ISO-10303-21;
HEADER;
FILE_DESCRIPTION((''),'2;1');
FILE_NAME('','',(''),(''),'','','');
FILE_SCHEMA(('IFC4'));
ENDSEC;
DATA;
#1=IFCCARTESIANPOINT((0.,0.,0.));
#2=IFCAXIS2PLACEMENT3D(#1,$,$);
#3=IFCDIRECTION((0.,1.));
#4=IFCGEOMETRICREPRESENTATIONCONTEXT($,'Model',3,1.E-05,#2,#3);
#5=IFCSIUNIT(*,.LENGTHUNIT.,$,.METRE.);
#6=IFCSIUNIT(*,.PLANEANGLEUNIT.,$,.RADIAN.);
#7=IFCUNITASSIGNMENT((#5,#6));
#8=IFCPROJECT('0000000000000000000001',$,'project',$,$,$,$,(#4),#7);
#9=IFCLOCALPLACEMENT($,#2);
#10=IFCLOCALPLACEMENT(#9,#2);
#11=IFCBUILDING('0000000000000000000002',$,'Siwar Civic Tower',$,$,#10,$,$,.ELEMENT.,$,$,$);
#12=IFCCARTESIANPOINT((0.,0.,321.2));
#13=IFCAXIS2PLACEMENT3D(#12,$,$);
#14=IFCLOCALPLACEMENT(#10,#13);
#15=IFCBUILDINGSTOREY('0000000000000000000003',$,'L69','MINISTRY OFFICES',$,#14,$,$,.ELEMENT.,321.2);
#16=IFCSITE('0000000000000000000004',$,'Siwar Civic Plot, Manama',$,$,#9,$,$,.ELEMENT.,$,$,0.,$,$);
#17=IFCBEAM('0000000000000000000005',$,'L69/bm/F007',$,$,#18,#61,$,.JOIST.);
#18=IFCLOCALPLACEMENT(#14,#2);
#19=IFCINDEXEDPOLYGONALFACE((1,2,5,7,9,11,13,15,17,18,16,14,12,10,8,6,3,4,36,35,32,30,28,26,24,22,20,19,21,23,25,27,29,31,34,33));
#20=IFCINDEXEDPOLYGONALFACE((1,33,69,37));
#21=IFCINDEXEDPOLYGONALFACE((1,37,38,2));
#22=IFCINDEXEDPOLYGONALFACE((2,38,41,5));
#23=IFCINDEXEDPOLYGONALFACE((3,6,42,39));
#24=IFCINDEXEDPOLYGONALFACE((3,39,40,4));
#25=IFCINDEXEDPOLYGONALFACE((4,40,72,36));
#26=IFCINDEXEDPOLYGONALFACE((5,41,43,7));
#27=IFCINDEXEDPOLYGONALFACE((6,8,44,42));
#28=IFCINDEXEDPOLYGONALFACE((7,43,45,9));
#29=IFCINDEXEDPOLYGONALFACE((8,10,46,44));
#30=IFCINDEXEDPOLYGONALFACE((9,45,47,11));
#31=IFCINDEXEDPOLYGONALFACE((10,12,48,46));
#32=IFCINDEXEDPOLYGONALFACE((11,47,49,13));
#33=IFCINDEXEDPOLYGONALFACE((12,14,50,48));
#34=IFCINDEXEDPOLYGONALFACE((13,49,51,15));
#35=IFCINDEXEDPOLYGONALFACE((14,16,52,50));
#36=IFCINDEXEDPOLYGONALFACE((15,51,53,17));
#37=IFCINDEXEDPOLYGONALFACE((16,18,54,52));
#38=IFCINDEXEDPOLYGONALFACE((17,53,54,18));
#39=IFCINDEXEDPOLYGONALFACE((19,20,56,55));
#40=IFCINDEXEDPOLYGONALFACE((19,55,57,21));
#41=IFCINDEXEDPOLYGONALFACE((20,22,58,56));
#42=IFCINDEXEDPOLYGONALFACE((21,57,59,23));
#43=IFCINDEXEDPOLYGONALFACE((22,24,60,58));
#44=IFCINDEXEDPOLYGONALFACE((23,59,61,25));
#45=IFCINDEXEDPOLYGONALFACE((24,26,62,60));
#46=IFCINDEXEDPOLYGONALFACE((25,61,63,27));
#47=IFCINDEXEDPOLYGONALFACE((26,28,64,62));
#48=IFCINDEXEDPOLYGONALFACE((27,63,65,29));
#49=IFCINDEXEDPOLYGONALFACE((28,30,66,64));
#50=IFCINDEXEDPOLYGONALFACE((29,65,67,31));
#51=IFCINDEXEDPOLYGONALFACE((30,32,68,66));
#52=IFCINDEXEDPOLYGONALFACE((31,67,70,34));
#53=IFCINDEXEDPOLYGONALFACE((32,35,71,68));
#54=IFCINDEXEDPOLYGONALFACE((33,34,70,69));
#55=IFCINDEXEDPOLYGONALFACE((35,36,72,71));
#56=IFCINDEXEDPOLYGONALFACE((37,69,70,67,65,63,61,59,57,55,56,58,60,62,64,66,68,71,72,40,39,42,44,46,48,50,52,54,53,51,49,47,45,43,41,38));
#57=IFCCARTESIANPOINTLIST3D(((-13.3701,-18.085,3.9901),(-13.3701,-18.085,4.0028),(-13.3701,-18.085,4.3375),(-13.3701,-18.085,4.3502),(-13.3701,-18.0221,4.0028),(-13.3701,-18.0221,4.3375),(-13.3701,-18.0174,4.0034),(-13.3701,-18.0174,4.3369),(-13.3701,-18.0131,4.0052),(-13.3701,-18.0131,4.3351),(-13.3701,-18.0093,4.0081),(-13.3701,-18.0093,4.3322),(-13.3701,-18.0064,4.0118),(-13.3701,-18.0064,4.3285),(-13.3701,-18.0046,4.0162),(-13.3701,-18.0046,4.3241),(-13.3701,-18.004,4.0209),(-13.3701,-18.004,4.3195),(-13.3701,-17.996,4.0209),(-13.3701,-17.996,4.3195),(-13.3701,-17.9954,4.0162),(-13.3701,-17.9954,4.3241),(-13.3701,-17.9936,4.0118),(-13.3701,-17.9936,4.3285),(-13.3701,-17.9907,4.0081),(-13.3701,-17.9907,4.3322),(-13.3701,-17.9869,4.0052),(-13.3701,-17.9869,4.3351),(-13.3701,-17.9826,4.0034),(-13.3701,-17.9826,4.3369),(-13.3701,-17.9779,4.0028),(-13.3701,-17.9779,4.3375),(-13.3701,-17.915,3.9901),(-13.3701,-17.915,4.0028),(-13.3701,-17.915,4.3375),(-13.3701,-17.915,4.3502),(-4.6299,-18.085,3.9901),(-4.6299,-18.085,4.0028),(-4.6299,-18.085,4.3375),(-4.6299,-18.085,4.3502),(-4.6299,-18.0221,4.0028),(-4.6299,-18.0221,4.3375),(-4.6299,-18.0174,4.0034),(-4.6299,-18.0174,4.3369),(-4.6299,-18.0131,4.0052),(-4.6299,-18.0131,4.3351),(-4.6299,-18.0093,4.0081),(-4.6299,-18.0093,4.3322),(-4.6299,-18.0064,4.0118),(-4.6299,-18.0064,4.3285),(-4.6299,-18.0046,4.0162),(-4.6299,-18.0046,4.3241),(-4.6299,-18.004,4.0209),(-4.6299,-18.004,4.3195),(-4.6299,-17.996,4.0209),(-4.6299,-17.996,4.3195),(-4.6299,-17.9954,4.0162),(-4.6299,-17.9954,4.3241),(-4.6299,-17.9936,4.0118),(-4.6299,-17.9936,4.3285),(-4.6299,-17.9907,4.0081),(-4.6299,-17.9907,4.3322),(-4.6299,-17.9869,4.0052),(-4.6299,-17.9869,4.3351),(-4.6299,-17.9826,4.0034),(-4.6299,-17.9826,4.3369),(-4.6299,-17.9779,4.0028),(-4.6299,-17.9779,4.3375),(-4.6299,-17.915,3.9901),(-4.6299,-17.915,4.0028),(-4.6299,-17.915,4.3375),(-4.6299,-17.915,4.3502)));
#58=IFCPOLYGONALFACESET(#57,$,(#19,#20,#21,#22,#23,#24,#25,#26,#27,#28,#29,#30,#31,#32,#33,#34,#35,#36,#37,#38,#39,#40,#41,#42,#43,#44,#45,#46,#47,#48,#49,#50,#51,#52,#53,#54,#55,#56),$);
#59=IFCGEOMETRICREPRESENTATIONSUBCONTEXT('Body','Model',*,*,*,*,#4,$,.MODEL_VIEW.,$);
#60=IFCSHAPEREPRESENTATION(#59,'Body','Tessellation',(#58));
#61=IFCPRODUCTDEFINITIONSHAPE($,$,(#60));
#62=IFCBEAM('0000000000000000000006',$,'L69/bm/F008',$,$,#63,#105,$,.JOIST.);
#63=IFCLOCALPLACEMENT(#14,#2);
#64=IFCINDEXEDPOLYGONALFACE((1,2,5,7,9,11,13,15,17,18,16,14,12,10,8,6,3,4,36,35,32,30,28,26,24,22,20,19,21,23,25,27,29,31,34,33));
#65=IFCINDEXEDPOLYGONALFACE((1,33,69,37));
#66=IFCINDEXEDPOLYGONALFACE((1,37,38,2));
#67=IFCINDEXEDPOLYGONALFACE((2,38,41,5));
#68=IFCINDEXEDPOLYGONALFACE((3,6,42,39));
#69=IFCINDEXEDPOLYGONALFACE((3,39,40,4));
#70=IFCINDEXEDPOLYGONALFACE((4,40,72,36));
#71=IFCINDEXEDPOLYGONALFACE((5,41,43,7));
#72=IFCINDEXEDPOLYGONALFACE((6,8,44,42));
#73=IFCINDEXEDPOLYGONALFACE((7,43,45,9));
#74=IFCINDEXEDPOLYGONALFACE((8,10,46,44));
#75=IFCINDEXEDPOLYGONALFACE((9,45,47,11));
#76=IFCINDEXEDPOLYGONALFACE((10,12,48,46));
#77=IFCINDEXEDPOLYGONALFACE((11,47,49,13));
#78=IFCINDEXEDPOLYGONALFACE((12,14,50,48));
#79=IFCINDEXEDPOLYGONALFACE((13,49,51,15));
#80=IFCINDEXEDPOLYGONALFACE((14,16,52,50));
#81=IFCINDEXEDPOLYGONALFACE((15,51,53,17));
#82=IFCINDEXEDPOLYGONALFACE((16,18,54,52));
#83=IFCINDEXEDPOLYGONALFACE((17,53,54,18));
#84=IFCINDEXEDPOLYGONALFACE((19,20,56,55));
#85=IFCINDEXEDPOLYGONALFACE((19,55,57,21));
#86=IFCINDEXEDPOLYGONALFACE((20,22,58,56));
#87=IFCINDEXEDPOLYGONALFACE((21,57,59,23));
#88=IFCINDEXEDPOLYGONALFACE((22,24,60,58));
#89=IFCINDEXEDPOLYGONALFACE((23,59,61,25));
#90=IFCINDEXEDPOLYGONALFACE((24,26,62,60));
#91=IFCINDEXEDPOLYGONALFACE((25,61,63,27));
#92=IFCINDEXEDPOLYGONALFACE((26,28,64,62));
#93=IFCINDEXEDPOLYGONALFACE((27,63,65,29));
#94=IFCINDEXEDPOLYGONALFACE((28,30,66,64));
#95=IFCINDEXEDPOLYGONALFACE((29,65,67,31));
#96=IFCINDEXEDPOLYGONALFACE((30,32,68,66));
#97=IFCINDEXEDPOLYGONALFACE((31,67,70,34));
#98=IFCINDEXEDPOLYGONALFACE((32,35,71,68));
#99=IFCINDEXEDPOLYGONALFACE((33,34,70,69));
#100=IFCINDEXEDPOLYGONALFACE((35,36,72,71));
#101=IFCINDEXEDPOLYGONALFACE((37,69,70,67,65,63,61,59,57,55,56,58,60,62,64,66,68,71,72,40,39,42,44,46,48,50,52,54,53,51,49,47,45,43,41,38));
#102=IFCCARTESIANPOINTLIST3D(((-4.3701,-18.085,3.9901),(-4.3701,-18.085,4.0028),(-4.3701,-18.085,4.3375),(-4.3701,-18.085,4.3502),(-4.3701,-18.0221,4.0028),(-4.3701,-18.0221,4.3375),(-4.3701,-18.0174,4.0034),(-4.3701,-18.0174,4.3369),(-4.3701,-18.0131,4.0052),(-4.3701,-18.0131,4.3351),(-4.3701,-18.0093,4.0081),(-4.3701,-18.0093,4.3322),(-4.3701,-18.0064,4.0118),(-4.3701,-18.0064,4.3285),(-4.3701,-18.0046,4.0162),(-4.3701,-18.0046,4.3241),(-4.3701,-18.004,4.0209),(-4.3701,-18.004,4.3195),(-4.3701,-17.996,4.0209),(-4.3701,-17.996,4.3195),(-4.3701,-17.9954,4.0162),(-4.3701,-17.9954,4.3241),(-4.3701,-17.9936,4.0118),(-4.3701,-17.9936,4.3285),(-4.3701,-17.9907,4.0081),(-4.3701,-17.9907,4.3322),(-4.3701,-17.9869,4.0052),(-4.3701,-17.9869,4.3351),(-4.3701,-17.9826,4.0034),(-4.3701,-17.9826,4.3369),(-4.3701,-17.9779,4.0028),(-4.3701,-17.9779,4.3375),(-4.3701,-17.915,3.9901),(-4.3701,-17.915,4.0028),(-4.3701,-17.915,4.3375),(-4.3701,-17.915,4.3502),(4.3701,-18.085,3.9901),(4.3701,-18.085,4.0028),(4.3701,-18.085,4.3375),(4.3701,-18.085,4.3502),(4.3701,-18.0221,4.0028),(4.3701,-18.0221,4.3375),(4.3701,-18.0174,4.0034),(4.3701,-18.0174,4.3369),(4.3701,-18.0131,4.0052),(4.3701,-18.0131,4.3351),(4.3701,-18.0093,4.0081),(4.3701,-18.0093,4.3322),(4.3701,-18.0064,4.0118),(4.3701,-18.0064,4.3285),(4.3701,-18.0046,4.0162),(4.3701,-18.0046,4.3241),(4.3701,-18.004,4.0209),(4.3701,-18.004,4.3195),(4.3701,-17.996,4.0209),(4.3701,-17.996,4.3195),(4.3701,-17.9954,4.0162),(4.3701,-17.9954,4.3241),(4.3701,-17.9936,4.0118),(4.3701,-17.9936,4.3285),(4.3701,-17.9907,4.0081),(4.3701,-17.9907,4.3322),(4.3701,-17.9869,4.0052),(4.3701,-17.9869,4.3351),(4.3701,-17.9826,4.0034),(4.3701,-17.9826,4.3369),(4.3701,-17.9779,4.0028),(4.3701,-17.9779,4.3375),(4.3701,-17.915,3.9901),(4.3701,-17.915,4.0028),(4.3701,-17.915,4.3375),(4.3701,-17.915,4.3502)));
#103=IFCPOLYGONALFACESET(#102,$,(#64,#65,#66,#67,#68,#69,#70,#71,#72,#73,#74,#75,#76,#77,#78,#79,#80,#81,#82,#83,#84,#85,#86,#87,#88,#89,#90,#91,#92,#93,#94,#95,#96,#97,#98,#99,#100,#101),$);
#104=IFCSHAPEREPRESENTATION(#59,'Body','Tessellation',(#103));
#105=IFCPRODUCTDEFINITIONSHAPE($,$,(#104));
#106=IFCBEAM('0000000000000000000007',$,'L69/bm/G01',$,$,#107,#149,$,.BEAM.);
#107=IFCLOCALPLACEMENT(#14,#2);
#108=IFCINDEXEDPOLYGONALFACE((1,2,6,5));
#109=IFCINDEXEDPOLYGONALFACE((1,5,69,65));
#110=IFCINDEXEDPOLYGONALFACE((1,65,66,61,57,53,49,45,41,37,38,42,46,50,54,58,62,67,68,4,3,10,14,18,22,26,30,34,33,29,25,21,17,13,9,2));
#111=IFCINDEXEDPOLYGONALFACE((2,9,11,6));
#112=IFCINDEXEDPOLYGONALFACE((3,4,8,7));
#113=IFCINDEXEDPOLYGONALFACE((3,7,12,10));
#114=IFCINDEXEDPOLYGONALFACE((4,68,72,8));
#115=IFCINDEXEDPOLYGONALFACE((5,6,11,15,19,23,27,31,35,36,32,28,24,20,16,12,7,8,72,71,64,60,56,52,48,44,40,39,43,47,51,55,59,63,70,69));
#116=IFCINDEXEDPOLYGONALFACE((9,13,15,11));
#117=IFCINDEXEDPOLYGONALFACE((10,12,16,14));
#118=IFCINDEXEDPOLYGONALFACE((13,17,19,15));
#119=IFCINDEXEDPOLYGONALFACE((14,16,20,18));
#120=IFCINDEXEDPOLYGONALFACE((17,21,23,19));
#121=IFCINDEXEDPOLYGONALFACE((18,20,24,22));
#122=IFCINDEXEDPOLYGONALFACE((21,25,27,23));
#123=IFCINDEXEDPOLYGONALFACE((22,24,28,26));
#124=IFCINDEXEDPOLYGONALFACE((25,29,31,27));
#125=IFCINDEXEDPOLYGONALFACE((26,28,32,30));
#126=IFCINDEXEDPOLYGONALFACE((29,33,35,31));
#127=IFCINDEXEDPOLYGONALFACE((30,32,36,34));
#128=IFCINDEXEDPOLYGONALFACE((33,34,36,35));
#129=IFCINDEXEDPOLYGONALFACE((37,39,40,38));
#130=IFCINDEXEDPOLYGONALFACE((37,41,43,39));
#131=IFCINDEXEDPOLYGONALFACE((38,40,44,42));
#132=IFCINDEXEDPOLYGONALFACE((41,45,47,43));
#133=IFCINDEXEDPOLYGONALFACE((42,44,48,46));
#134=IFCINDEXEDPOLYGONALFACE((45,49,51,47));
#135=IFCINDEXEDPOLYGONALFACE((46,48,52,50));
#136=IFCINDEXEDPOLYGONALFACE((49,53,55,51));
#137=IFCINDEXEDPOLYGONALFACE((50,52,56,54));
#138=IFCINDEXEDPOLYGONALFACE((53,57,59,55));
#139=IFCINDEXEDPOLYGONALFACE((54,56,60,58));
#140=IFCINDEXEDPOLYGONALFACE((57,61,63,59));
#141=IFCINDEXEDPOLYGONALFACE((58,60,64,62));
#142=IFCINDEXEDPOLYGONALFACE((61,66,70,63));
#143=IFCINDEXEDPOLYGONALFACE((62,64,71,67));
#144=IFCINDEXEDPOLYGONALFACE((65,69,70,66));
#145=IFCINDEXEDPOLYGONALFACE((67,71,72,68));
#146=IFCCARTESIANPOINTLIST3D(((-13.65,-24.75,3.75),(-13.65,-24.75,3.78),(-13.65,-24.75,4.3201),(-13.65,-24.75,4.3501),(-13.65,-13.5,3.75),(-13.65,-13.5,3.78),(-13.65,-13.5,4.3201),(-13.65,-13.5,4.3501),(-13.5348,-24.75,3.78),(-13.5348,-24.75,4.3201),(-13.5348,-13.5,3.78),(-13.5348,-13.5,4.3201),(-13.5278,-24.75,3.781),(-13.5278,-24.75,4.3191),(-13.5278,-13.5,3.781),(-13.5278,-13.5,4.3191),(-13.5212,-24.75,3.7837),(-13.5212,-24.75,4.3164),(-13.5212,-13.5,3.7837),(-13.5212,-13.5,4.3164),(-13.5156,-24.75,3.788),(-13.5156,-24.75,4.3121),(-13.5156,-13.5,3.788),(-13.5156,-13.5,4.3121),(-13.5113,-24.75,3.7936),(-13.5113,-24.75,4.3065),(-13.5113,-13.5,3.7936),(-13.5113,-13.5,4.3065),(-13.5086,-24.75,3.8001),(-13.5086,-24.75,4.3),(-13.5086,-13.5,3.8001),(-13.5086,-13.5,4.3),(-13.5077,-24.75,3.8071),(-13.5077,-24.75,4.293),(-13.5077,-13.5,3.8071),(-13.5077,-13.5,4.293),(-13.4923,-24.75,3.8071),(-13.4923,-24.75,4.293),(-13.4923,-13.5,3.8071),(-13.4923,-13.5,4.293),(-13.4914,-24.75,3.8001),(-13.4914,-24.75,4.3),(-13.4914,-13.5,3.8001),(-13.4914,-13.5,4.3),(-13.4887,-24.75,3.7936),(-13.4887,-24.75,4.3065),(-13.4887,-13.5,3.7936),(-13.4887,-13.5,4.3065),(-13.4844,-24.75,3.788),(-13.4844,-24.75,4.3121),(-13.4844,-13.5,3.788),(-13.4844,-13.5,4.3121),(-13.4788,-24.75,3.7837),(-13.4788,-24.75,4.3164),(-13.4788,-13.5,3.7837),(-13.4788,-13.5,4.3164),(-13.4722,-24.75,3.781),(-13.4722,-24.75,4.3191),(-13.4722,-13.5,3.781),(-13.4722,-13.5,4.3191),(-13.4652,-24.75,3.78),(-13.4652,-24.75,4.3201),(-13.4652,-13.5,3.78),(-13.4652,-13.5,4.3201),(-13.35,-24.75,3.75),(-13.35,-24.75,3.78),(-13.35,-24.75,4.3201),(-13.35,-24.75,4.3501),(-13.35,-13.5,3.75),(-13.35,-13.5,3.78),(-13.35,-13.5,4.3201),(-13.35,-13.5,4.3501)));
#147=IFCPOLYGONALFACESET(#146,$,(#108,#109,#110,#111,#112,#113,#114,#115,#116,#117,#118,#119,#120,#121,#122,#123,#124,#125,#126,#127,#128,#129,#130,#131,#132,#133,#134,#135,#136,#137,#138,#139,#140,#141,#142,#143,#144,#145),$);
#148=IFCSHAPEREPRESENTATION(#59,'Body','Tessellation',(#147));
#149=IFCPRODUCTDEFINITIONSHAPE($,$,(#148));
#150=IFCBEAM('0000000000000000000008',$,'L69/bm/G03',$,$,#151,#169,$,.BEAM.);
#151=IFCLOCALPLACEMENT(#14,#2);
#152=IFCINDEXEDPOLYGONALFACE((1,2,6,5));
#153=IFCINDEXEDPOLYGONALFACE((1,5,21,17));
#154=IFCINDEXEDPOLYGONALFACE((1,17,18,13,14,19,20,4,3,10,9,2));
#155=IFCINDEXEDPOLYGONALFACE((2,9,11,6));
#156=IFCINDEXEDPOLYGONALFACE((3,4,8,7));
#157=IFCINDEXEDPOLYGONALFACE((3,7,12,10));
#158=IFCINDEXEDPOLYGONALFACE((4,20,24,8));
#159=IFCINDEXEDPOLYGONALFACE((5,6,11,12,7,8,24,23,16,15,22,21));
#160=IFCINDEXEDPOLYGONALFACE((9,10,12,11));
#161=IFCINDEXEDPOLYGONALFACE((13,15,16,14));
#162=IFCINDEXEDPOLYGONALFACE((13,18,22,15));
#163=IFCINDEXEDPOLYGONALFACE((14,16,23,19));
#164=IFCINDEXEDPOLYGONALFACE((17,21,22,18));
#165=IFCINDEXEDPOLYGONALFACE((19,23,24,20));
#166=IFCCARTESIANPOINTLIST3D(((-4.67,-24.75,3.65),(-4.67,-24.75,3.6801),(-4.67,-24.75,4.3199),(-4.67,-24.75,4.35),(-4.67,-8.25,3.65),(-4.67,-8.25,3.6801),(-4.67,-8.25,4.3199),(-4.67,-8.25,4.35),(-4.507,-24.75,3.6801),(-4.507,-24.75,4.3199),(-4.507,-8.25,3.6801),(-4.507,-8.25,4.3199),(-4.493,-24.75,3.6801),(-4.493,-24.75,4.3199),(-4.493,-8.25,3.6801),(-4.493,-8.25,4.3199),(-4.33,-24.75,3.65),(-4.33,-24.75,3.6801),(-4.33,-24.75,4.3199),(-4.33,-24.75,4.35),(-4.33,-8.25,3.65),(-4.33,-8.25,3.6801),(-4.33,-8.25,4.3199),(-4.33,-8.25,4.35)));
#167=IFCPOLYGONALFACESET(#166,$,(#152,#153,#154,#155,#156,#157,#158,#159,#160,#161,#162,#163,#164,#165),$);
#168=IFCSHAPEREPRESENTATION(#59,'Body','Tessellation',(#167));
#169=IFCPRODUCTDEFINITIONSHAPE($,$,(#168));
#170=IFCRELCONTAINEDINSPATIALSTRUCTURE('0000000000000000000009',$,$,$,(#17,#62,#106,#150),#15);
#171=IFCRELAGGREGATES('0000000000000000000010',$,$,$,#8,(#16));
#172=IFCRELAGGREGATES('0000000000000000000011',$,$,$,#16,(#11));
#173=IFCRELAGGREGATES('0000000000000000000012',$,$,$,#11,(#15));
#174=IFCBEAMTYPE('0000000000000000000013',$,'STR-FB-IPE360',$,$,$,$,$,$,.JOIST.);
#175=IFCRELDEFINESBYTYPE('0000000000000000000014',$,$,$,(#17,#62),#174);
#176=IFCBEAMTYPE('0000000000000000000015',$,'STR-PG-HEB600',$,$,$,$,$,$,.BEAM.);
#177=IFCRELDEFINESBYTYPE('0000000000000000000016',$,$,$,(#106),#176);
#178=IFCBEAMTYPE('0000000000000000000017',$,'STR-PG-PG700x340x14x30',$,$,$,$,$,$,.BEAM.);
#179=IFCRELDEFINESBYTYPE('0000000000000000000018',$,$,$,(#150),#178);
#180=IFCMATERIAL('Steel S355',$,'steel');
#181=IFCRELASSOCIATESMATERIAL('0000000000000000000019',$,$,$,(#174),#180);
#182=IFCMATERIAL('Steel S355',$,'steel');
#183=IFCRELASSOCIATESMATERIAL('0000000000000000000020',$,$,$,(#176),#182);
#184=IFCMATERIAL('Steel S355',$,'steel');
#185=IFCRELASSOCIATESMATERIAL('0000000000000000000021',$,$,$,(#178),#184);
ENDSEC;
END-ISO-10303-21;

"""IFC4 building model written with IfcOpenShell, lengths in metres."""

from ifc_helpers import new_model, si_unit, direction, frame, origin, origin_2d, place, context, subcontext, project, spatial, i_section, extrude, material, material_profile, profile_set, type_object, element, save


model = new_model("IFC4")

# Units and contexts
model_context = context("Model", 3, precision=1e-05, world=origin(), true_north=direction((0.0, 1.0)))
body_context = subcontext(model_context, "Body", "Model", "MODEL_VIEW")
ifc_project = project(units=[si_unit("LENGTHUNIT", "METRE"), si_unit("PLANEANGLEUNIT", "RADIAN")], contexts=[model_context])

# Site, building, storey
site_placement = place(None, origin())
site = spatial("IfcSite", under=ifc_project, at=site_placement, Name="Siwar Civic Plot, Manama", CompositionType="ELEMENT", RefElevation=0.0)
building_placement = place(site_placement, origin())
building = spatial("IfcBuilding", under=site, at=building_placement, Name="Siwar Civic Tower", CompositionType="ELEMENT")
storey_placement = place(building_placement, frame((0.0, 0.0, 321.2)))
storey = spatial("IfcBuildingStorey", under=building, at=storey_placement, Name="L69", Description="MINISTRY OFFICES", CompositionType="ELEMENT", Elevation=321.2)

# Beams
ifc_material_1 = material(Name="Steel S355", Category="steel")
ifc_material_profile_1 = material_profile(ifc_material_1, i_section(OverallWidth=0.1699, OverallDepth=0.3601, WebThickness=0.0081, FlangeThickness=0.0127, FilletRadius=0.0181, at=origin_2d()), Name="IPE360")
ifc_profile_set_1 = profile_set([ifc_material_profile_1], Name="Steel S355")
beam_type_1 = type_object("IfcBeamType", Name="STR-FB-IPE360", PredefinedType="JOIST", material=ifc_profile_set_1)
for number, where, z_axis, x_axis, name in (
    (1, (-13.3701, -18.0, 4.1702), (1.0, 0.0, 0.0), (0.0, 1.0, 0.0), "L69/bm/F007"),
    (2, (-4.3701, -18.0, 4.1702), (1.0, 0.0, 0.0), (0.0, 1.0, 0.0), "L69/bm/F008"),
):
    element("IfcBeam", number, at=place(storey_placement, frame(where, z_axis=z_axis, x_axis=x_axis)), inside=storey, type_object=beam_type_1, Name=name, PredefinedType="JOIST", context=body_context, shape_type="SweptSolid", body=[
        extrude(i_section(OverallWidth=0.1699, OverallDepth=0.3601, WebThickness=0.0081, FlangeThickness=0.0127, FilletRadius=0.0181, at=origin_2d()), origin(), (0.0, 0.0, 1.0), 8.7402),
    ])
ifc_material_2 = material(Name="Steel S355", Category="steel")
ifc_material_profile_2 = material_profile(ifc_material_2, i_section(OverallWidth=0.3, OverallDepth=0.6001, WebThickness=0.0154, FlangeThickness=0.03, FilletRadius=0.0271, at=origin_2d()), Name="HEB600")
ifc_profile_set_2 = profile_set([ifc_material_profile_2], Name="Steel S355")
beam_type_2 = type_object("IfcBeamType", Name="STR-PG-HEB600", PredefinedType="BEAM", material=ifc_profile_set_2)
beam_1_placement = place(storey_placement, frame((-13.5, -24.75, 4.05), z_axis=(0.0, 1.0, 0.0), x_axis=(-1.0, 0.0, 0.0)))
element("IfcBeam", 3, at=beam_1_placement, inside=storey, type_object=beam_type_2, Name="L69/bm/G01", PredefinedType="BEAM", context=body_context, shape_type="SweptSolid", body=[
    extrude(i_section(OverallWidth=0.3, OverallDepth=0.6001, WebThickness=0.0154, FlangeThickness=0.03, FilletRadius=0.0271, at=origin_2d()), origin(), (0.0, 0.0, 1.0), 11.25),
])
ifc_material_3 = material(Name="Steel S355", Category="steel")
ifc_material_profile_3 = material_profile(ifc_material_3, i_section(OverallWidth=0.3401, OverallDepth=0.7, WebThickness=0.0139, FlangeThickness=0.03, at=origin_2d()), Name="PG700x340x14x30")
ifc_profile_set_3 = profile_set([ifc_material_profile_3], Name="Steel S355")
beam_type_3 = type_object("IfcBeamType", Name="STR-PG-PG700x340x14x30", PredefinedType="BEAM", material=ifc_profile_set_3)
beam_2_placement = place(storey_placement, frame((-4.5, -24.75, 4.0), z_axis=(0.0, 1.0, 0.0), x_axis=(-1.0, 0.0, 0.0)))
element("IfcBeam", 4, at=beam_2_placement, inside=storey, type_object=beam_type_3, Name="L69/bm/G03", PredefinedType="BEAM", context=body_context, shape_type="SweptSolid", body=[
    extrude(i_section(OverallWidth=0.3401, OverallDepth=0.7, WebThickness=0.0139, FlangeThickness=0.03, at=origin_2d()), origin(), (0.0, 0.0, 1.0), 16.5),
])

save(model, "model.ifc")
